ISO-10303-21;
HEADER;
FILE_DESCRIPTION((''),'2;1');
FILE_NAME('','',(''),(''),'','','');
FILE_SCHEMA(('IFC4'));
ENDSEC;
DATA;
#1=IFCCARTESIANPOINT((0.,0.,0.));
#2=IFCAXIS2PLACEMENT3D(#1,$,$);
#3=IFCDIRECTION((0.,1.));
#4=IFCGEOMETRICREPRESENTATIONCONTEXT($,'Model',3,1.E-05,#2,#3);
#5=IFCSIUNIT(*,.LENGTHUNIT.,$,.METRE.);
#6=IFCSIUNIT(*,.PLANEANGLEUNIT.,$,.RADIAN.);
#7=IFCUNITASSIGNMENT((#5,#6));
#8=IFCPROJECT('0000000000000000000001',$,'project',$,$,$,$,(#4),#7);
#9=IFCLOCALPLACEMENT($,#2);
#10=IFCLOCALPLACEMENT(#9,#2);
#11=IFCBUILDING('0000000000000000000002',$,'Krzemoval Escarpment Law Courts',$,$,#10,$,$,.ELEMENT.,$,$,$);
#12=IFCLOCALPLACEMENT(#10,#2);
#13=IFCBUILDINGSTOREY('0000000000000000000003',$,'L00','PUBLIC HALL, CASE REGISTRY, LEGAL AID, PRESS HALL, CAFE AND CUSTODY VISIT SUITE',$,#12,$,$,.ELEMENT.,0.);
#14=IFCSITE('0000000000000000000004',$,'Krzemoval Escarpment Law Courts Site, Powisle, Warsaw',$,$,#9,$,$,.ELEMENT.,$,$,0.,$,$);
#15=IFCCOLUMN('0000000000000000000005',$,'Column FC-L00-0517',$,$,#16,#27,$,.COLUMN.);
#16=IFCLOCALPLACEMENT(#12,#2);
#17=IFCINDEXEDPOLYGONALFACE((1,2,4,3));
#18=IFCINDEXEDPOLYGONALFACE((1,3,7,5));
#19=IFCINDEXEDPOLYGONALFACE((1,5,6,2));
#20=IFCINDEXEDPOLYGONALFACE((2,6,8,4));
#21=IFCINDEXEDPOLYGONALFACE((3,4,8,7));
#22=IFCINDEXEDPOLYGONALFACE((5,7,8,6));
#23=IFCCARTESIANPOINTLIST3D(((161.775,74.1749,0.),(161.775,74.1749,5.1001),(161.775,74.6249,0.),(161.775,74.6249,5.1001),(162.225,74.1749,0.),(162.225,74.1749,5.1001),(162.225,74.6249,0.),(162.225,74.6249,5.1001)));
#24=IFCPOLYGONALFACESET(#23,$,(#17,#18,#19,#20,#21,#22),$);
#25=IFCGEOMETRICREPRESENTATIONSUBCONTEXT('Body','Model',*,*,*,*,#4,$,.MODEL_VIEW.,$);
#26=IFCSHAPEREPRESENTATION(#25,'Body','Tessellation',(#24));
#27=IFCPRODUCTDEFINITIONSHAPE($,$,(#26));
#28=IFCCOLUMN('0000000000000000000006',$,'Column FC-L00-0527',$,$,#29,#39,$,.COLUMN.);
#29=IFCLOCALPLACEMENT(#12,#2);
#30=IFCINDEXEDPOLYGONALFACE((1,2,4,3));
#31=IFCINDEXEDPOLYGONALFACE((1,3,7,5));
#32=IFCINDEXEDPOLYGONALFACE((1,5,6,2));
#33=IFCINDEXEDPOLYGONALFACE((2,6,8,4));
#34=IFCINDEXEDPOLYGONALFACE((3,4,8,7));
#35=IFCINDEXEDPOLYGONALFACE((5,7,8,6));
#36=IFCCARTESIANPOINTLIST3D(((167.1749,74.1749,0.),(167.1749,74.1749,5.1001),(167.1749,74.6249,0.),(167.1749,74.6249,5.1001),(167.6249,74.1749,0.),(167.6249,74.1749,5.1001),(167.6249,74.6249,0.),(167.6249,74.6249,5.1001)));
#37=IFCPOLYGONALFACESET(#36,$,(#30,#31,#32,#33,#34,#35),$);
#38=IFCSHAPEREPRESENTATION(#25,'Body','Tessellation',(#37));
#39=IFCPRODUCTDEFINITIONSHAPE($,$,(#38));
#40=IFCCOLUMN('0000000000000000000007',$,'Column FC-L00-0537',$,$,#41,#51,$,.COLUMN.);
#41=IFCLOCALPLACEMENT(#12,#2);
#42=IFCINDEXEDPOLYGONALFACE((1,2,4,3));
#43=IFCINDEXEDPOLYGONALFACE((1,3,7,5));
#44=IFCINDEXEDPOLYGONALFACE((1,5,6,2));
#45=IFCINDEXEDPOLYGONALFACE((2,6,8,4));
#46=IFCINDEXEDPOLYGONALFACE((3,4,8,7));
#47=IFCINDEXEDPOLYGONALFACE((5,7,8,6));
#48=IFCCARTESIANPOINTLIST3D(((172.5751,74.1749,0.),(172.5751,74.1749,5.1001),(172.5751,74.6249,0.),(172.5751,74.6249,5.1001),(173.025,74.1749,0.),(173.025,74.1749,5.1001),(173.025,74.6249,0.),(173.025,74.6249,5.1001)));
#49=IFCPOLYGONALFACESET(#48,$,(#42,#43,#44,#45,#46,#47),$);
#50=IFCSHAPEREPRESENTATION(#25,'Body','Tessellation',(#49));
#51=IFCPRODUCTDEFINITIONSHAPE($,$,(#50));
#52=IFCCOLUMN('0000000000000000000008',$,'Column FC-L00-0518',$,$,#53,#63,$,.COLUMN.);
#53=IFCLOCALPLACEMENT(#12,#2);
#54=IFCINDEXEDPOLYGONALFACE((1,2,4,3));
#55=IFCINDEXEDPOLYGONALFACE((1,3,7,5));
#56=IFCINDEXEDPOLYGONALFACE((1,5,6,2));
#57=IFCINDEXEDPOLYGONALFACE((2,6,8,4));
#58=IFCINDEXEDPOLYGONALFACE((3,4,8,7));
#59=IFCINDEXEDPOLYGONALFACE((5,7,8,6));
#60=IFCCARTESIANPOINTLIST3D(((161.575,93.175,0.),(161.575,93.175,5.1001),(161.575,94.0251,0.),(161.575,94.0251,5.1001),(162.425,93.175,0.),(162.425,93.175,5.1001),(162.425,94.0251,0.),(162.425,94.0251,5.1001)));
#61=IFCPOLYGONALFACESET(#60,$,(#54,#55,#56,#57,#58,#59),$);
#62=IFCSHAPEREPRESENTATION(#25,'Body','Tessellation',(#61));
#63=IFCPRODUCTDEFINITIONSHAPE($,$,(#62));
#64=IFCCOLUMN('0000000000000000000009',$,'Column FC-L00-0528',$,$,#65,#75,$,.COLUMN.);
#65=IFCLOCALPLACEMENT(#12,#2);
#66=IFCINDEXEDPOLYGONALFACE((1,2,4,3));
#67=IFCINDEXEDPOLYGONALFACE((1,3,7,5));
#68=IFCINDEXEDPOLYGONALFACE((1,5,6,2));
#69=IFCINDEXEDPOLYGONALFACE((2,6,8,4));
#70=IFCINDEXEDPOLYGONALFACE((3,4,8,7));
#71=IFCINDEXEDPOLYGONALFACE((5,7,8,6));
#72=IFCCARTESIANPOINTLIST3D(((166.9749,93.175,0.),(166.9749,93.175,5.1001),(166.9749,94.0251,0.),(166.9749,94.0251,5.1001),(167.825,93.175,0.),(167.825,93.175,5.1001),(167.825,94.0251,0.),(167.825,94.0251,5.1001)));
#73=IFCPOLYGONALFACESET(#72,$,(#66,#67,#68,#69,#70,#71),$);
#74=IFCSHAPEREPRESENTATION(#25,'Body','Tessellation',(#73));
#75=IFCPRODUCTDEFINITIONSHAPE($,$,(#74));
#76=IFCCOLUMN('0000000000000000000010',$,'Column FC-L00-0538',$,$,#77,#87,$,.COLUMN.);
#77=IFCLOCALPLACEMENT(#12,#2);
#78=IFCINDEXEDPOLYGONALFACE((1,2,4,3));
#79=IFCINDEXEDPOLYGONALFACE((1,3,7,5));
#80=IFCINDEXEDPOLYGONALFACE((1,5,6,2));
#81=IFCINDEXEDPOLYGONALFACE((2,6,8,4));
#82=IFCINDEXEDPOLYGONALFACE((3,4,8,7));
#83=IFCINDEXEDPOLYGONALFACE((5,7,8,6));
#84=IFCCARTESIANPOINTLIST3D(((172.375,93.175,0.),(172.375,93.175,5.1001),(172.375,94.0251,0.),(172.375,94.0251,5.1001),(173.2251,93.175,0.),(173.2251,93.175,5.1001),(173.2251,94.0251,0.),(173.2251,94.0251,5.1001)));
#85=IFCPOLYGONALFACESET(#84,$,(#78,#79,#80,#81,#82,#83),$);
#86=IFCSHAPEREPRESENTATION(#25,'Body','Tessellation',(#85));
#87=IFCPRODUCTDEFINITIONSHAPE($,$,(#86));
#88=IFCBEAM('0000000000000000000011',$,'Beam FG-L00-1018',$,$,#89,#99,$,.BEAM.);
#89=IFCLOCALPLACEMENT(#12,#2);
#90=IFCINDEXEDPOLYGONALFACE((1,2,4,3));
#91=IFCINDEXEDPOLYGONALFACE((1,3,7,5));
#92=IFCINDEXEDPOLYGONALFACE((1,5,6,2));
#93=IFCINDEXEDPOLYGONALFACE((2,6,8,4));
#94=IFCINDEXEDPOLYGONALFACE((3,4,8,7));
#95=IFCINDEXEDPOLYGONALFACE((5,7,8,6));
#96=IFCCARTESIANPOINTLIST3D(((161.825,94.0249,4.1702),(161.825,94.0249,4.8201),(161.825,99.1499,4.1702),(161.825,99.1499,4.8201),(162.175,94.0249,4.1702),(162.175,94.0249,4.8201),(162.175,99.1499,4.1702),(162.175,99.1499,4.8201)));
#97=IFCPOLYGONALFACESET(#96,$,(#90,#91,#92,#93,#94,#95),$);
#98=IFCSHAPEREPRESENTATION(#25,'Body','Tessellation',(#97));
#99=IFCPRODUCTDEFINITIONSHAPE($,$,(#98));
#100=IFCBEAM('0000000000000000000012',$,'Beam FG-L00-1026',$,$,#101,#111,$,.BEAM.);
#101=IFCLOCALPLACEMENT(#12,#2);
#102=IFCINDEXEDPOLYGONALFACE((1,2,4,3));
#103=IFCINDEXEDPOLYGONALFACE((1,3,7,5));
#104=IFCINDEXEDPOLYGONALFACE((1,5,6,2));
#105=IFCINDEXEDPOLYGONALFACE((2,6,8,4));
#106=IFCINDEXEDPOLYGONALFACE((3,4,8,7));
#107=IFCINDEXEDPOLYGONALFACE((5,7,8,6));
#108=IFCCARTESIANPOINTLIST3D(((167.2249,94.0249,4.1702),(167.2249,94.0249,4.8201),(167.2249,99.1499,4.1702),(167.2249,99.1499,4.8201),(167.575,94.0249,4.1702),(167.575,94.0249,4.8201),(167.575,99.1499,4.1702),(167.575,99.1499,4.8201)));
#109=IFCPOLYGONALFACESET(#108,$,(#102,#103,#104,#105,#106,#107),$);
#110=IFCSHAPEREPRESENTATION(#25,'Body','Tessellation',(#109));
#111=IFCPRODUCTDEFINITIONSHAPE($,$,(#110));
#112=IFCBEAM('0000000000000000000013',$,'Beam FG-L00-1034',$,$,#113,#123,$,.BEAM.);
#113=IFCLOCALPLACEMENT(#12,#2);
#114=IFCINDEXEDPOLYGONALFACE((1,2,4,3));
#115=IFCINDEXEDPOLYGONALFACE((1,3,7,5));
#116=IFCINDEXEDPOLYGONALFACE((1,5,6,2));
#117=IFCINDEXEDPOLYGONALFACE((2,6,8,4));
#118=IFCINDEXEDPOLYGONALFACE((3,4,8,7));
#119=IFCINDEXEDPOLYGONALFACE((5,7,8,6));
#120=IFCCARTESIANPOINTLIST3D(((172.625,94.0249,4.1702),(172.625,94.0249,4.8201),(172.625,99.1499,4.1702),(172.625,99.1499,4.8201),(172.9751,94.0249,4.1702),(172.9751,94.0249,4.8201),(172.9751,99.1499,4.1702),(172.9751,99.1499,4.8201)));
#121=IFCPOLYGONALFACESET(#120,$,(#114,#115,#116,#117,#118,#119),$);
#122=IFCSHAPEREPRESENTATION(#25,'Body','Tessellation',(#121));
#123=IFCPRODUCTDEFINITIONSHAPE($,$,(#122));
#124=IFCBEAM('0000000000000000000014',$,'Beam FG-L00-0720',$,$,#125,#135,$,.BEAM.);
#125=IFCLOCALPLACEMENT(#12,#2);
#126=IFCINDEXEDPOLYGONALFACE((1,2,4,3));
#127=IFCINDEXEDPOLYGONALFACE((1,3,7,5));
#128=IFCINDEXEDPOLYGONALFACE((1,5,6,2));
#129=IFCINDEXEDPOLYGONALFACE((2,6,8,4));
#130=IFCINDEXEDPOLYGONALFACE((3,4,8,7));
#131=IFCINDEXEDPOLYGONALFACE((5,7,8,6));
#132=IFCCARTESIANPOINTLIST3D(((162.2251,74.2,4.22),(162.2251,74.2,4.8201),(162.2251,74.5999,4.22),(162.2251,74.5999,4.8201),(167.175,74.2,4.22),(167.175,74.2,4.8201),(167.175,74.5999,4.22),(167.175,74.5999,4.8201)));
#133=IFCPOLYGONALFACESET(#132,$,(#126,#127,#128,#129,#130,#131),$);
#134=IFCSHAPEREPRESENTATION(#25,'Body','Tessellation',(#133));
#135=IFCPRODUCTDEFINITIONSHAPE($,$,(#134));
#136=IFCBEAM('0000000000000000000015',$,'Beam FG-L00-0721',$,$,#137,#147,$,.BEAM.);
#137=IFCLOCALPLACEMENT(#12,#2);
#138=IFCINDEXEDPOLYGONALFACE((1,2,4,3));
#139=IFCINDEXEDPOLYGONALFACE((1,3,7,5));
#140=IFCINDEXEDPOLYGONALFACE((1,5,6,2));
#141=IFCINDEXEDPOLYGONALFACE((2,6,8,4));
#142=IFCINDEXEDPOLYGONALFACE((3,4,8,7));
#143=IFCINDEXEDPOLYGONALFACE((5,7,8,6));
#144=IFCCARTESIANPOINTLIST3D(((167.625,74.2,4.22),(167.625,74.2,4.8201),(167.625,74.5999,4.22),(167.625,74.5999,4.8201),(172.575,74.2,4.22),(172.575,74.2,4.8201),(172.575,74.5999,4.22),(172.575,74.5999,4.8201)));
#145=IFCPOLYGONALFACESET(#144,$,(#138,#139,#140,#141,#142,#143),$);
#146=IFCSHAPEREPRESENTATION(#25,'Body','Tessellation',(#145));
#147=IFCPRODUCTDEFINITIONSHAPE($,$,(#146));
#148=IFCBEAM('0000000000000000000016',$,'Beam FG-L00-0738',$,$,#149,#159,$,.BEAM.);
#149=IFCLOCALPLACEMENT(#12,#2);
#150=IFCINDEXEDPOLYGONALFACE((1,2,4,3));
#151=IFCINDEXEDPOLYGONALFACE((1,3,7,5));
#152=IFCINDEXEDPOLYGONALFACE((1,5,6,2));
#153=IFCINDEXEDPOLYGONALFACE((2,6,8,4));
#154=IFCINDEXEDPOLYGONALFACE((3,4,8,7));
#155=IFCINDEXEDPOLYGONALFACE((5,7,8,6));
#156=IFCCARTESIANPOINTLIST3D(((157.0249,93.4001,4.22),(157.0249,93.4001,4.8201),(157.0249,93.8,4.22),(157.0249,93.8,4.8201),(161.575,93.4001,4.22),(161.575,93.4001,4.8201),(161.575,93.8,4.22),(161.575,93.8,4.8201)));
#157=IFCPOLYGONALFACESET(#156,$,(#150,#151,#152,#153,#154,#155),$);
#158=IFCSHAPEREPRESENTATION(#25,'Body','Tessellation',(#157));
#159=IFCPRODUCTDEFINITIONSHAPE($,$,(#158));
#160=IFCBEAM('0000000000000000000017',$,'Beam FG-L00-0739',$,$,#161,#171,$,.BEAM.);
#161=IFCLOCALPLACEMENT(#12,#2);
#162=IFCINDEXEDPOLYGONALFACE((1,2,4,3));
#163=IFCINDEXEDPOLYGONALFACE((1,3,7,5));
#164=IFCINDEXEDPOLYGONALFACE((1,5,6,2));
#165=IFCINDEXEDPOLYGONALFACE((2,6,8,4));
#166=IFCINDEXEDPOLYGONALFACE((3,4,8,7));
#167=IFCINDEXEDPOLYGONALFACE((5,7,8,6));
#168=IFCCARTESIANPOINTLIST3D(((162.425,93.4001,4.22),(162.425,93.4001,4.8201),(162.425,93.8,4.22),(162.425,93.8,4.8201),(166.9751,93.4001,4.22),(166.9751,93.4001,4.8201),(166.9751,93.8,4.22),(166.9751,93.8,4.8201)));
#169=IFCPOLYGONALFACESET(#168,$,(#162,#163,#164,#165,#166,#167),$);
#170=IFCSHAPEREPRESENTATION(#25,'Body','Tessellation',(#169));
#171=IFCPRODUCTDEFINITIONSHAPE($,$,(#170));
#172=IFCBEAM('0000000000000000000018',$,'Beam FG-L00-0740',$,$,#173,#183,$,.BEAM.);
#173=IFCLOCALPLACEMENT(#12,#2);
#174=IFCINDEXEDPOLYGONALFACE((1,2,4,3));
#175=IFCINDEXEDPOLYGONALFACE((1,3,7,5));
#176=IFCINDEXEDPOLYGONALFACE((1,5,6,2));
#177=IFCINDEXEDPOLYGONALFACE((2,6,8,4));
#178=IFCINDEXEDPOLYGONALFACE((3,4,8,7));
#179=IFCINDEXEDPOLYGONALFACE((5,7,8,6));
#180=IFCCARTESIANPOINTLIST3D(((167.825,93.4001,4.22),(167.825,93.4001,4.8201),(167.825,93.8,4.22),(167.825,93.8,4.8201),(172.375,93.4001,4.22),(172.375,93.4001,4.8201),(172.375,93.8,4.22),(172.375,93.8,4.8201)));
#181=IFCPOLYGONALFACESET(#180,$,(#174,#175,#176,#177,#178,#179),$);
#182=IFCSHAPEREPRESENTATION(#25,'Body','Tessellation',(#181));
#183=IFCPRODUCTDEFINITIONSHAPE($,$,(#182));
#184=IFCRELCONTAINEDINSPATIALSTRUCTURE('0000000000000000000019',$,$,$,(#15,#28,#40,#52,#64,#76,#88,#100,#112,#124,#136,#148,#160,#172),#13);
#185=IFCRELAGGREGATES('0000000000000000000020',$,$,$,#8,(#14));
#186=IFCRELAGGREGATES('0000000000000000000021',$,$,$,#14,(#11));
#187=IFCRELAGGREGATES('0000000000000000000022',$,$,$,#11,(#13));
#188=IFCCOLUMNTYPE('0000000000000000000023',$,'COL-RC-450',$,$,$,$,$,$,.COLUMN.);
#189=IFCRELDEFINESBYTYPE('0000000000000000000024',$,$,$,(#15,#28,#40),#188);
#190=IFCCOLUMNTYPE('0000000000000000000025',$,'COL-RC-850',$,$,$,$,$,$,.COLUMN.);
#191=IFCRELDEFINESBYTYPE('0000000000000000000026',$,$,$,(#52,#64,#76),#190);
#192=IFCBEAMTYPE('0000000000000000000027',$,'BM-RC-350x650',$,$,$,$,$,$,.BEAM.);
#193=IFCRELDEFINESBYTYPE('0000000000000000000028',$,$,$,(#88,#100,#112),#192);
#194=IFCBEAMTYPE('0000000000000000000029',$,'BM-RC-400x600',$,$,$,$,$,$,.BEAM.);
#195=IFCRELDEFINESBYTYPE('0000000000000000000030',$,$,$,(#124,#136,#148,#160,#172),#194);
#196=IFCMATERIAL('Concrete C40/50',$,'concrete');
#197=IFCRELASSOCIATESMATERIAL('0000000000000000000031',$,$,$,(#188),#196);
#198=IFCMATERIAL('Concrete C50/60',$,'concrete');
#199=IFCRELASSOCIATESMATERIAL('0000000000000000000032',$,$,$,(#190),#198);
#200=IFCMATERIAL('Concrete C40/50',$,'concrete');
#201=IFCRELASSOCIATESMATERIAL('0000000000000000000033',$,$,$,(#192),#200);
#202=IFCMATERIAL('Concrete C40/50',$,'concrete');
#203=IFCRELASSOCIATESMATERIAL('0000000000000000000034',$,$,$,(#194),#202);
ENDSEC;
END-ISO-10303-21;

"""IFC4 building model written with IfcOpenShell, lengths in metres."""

from ifc_helpers import new_model, si_unit, direction, frame, origin, origin_2d, place, context, subcontext, project, spatial, rectangle, extrude, material, material_profile, profile_set, type_object, element, save


model = new_model("IFC4")

# Units and contexts
model_context = context("Model", 3, precision=1e-05, world=origin(), true_north=direction((0.0, 1.0)))
body_context = subcontext(model_context, "Body", "Model", "MODEL_VIEW")
ifc_project = project(units=[si_unit("LENGTHUNIT", "METRE"), si_unit("PLANEANGLEUNIT", "RADIAN")], contexts=[model_context])

# Site, building, storey
site_placement = place(None, origin())
site = spatial("IfcSite", under=ifc_project, at=site_placement, Name="Krzemoval Escarpment Law Courts Site, Powisle, Warsaw", CompositionType="ELEMENT", RefElevation=0.0)
building_placement = place(site_placement, origin())
building = spatial("IfcBuilding", under=site, at=building_placement, Name="Krzemoval Escarpment Law Courts", CompositionType="ELEMENT")
storey_placement = place(building_placement, origin())
storey = spatial("IfcBuildingStorey", under=building, at=storey_placement, Name="L00", Description="PUBLIC HALL, CASE REGISTRY, LEGAL AID, PRESS HALL, CAFE AND CUSTODY VISIT SUITE", CompositionType="ELEMENT", Elevation=0.0)

# Columns
ifc_material_1 = material(Name="Concrete C40/50", Category="concrete")
ifc_material_profile_1 = material_profile(ifc_material_1, rectangle(XDim=0.45, YDim=0.45, at=origin_2d()), Name="RC 450x450")
ifc_profile_set_1 = profile_set([ifc_material_profile_1], Name="Concrete C40/50")
column_type_1 = type_object("IfcColumnType", Name="COL-RC-450", PredefinedType="COLUMN", material=ifc_profile_set_1)
for number, where, z_axis, x_axis, name in (
    (1, (162.0, 74.3999, 0.0), (0.0, 0.0, 1.0), (1.0, 0.0, 0.0), "Column FC-L00-0517"),
    (2, (167.3999, 74.3999, 0.0), (0.0, 0.0, 1.0), (1.0, 0.0, 0.0), "Column FC-L00-0527"),
    (3, (172.8, 74.3999, 0.0), (0.0, 0.0, 1.0), (1.0, 0.0, 0.0), "Column FC-L00-0537"),
):
    element("IfcColumn", number, at=place(storey_placement, frame(where, z_axis=z_axis, x_axis=x_axis)), inside=storey, type_object=column_type_1, Name=name, PredefinedType="COLUMN", context=body_context, shape_type="SweptSolid", body=[
        extrude(rectangle(XDim=0.45, YDim=0.45, at=origin_2d()), origin(), (0.0, 0.0, 1.0), 5.1001),
    ])
ifc_material_2 = material(Name="Concrete C50/60", Category="concrete")
ifc_material_profile_2 = material_profile(ifc_material_2, rectangle(XDim=0.8501, YDim=0.8501, at=origin_2d()), Name="RC 850x850")
ifc_profile_set_2 = profile_set([ifc_material_profile_2], Name="Concrete C50/60")
column_type_2 = type_object("IfcColumnType", Name="COL-RC-850", PredefinedType="COLUMN", material=ifc_profile_set_2)
for number, where, z_axis, x_axis, name in (
    (4, (162.0, 93.6001, 0.0), (0.0, 0.0, 1.0), (1.0, 0.0, 0.0), "Column FC-L00-0518"),
    (5, (167.3999, 93.6001, 0.0), (0.0, 0.0, 1.0), (1.0, 0.0, 0.0), "Column FC-L00-0528"),
    (6, (172.8, 93.6001, 0.0), (0.0, 0.0, 1.0), (1.0, 0.0, 0.0), "Column FC-L00-0538"),
):
    element("IfcColumn", number, at=place(storey_placement, frame(where, z_axis=z_axis, x_axis=x_axis)), inside=storey, type_object=column_type_2, Name=name, PredefinedType="COLUMN", context=body_context, shape_type="SweptSolid", body=[
        extrude(rectangle(XDim=0.8501, YDim=0.8501, at=origin_2d()), origin(), (0.0, 0.0, 1.0), 5.1001),
    ])

# Beams
ifc_material_3 = material(Name="Concrete C40/50", Category="concrete")
ifc_material_profile_3 = material_profile(ifc_material_3, rectangle(XDim=0.3501, YDim=0.6499, at=origin_2d()), Name="RCB 350x650")
ifc_profile_set_3 = profile_set([ifc_material_profile_3], Name="Concrete C40/50")
beam_type_1 = type_object("IfcBeamType", Name="BM-RC-350x650", PredefinedType="BEAM", material=ifc_profile_set_3)
for number, where, z_axis, x_axis, name in (
    (7, (162.0, 94.0249, 4.4951), (0.0, 1.0, 0.0), (-1.0, 0.0, 0.0), "Beam FG-L00-1018"),
    (8, (167.3999, 94.0249, 4.4951), (0.0, 1.0, 0.0), (-1.0, 0.0, 0.0), "Beam FG-L00-1026"),
    (9, (172.8, 94.0249, 4.4951), (0.0, 1.0, 0.0), (-1.0, 0.0, 0.0), "Beam FG-L00-1034"),
):
    element("IfcBeam", number, at=place(storey_placement, frame(where, z_axis=z_axis, x_axis=x_axis)), inside=storey, type_object=beam_type_1, Name=name, PredefinedType="BEAM", context=body_context, shape_type="SweptSolid", body=[
        extrude(rectangle(XDim=0.3501, YDim=0.6499, at=origin_2d()), origin(), (0.0, 0.0, 1.0), 5.125),
    ])
ifc_material_4 = material(Name="Concrete C40/50", Category="concrete")
ifc_material_profile_4 = material_profile(ifc_material_4, rectangle(XDim=0.3999, YDim=0.6001, at=origin_2d()), Name="RCB 400x600")
ifc_profile_set_4 = profile_set([ifc_material_profile_4], Name="Concrete C40/50")
beam_type_2 = type_object("IfcBeamType", Name="BM-RC-400x600", PredefinedType="BEAM", material=ifc_profile_set_4)
for number, where, z_axis, x_axis, name in (
    (10, (162.2251, 74.3999, 4.52), (1.0, 0.0, 0.0), (0.0, 1.0, 0.0), "Beam FG-L00-0720"),
    (11, (167.625, 74.3999, 4.52), (1.0, 0.0, 0.0), (0.0, 1.0, 0.0), "Beam FG-L00-0721"),
):
    element("IfcBeam", number, at=place(storey_placement, frame(where, z_axis=z_axis, x_axis=x_axis)), inside=storey, type_object=beam_type_2, Name=name, PredefinedType="BEAM", context=body_context, shape_type="SweptSolid", body=[
        extrude(rectangle(XDim=0.3999, YDim=0.6001, at=origin_2d()), origin(), (0.0, 0.0, 1.0), 4.95),
    ])
for number, where, z_axis, x_axis, name in (
    (12, (157.0249, 93.6001, 4.52), (1.0, 0.0, 0.0), (0.0, 1.0, 0.0), "Beam FG-L00-0738"),
    (13, (162.425, 93.6001, 4.52), (1.0, 0.0, 0.0), (0.0, 1.0, 0.0), "Beam FG-L00-0739"),
    (14, (167.825, 93.6001, 4.52), (1.0, 0.0, 0.0), (0.0, 1.0, 0.0), "Beam FG-L00-0740"),
):
    element("IfcBeam", number, at=place(storey_placement, frame(where, z_axis=z_axis, x_axis=x_axis)), inside=storey, type_object=beam_type_2, Name=name, PredefinedType="BEAM", context=body_context, shape_type="SweptSolid", body=[
        extrude(rectangle(XDim=0.3999, YDim=0.6001, at=origin_2d()), origin(), (0.0, 0.0, 1.0), 4.55),
    ])

save(model, "model.ifc")
